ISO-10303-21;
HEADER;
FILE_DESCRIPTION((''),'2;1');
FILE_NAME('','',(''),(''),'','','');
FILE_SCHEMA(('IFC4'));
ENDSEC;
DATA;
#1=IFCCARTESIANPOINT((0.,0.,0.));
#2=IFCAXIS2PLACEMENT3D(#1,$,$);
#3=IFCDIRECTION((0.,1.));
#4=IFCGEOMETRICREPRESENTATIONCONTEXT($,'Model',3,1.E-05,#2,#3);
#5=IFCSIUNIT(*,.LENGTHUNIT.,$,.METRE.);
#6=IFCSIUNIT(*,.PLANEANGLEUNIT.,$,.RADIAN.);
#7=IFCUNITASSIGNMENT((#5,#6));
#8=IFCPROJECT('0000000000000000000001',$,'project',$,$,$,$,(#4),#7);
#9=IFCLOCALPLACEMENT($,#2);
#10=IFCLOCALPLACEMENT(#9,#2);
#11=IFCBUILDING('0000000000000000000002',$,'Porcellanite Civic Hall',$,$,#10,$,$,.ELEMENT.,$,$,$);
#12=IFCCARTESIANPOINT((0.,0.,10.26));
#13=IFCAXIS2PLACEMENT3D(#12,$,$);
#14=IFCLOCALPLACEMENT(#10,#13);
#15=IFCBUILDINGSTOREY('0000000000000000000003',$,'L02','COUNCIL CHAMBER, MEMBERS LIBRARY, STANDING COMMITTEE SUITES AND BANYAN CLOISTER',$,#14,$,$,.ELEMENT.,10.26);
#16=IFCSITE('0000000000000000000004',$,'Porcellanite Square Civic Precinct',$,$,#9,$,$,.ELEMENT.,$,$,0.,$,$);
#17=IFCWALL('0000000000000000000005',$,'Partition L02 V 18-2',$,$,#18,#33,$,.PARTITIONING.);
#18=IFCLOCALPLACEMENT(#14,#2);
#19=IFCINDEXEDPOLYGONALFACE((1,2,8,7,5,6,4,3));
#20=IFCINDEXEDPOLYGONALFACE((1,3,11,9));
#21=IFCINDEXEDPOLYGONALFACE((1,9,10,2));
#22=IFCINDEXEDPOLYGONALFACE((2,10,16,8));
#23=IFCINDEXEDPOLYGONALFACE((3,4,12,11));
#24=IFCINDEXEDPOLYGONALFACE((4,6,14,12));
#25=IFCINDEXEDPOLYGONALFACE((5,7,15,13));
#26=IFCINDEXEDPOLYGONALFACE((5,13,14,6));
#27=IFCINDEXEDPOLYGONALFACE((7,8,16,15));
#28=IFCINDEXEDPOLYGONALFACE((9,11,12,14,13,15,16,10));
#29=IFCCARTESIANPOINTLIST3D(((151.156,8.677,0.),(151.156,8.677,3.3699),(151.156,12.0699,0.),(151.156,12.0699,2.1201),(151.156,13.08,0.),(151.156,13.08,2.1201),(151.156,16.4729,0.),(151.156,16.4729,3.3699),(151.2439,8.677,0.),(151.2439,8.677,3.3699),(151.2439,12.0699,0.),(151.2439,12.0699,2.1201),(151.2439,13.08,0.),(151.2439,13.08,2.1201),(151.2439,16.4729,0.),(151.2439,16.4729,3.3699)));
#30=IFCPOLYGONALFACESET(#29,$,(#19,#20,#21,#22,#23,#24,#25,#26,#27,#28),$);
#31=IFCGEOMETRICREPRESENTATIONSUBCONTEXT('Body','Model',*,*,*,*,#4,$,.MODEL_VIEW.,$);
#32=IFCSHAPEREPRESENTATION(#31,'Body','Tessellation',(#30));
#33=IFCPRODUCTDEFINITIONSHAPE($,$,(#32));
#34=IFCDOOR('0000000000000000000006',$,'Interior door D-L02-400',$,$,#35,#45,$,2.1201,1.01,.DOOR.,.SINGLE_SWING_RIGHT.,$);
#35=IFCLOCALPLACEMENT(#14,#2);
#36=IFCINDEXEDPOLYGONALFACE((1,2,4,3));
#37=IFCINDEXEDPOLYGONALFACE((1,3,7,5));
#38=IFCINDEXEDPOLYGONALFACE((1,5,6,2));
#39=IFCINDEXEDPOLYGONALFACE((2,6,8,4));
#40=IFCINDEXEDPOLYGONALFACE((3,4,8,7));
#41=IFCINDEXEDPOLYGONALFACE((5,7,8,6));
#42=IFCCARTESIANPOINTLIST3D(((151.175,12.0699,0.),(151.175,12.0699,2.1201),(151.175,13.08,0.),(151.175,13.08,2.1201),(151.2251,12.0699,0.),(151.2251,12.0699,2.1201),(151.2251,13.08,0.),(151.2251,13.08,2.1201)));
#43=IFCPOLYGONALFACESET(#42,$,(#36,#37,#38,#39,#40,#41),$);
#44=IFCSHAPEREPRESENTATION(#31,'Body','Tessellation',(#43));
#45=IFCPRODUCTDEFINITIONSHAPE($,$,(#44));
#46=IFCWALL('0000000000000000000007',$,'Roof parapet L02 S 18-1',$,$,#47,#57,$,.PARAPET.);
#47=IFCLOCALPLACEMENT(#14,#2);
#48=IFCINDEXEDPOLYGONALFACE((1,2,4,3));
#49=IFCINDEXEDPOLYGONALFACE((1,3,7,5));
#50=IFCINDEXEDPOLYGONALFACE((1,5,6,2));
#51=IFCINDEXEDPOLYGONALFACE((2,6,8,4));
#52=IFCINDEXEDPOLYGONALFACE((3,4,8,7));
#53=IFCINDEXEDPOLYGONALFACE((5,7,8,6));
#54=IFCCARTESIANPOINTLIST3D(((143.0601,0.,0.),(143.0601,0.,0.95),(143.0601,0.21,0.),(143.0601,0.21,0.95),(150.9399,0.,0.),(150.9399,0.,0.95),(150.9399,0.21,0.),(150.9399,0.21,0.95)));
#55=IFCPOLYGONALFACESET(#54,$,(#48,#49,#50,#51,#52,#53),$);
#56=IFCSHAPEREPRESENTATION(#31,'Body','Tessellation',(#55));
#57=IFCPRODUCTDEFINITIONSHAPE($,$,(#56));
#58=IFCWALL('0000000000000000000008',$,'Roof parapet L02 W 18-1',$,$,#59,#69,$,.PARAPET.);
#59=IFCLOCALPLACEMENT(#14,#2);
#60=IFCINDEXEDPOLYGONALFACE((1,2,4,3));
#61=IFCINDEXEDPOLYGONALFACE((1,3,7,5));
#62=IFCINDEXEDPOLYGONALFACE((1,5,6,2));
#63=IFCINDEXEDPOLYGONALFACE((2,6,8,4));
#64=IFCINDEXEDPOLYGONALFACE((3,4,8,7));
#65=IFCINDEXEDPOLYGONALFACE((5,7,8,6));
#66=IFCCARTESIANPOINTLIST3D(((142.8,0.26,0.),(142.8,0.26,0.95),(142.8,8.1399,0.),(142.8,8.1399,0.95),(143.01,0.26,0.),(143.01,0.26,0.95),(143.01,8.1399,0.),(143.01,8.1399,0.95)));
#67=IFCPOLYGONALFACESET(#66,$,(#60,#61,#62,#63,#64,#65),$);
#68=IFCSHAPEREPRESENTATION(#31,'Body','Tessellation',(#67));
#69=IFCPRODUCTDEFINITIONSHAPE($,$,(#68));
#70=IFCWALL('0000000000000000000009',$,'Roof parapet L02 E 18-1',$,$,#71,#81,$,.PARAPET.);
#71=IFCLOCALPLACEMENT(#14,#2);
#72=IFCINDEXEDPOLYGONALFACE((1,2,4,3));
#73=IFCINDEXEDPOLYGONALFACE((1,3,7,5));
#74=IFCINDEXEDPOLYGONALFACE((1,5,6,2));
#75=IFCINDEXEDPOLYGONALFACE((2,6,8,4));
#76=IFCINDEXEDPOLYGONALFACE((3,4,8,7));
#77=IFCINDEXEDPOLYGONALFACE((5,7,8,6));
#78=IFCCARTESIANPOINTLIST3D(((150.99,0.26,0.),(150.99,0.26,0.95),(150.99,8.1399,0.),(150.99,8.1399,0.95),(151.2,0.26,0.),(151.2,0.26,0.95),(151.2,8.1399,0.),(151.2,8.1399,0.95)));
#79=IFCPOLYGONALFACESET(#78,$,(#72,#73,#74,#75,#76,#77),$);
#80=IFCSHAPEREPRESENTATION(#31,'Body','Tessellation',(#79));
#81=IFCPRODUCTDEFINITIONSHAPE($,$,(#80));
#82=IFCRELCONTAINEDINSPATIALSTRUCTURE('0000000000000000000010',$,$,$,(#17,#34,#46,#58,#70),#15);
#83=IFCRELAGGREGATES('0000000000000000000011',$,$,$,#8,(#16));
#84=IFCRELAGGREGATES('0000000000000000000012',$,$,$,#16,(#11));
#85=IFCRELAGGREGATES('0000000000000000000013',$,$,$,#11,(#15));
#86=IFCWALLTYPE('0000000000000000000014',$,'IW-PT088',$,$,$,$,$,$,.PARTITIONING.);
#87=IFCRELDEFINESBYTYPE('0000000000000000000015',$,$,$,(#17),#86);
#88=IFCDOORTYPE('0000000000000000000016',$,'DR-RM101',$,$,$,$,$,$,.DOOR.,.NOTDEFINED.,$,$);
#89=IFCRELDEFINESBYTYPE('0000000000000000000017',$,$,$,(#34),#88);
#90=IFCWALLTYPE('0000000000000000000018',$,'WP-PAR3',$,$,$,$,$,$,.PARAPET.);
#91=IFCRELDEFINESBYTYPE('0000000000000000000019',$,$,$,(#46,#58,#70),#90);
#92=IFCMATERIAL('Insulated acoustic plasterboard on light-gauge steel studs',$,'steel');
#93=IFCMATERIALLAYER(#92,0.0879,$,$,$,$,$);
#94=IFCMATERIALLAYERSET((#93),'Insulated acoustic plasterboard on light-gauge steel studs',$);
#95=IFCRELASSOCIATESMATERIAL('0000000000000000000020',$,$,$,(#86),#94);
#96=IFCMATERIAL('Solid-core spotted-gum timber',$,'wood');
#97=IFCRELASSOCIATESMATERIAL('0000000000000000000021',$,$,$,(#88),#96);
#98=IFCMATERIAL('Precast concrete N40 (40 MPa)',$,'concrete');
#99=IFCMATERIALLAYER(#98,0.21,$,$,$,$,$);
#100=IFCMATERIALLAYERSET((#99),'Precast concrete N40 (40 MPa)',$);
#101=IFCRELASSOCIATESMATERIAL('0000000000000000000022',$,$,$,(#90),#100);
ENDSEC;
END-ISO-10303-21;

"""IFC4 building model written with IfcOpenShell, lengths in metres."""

from ifc_helpers import new_model, si_unit, direction, frame, frame_2d, origin, place, context, subcontext, project, spatial, rectangle, extrude, material, layer, layer_set, type_object, element, fill, save


model = new_model("IFC4")

# Units and contexts
model_context = context("Model", 3, precision=1e-05, world=origin(), true_north=direction((0.0, 1.0)))
body_context = subcontext(model_context, "Body", "Model", "MODEL_VIEW")
ifc_project = project(units=[si_unit("LENGTHUNIT", "METRE"), si_unit("PLANEANGLEUNIT", "RADIAN")], contexts=[model_context])

# Site, building, storey
site_placement = place(None, origin())
site = spatial("IfcSite", under=ifc_project, at=site_placement, Name="Porcellanite Square Civic Precinct", CompositionType="ELEMENT", RefElevation=0.0)
building_placement = place(site_placement, origin())
building = spatial("IfcBuilding", under=site, at=building_placement, Name="Porcellanite Civic Hall", CompositionType="ELEMENT")
storey_placement = place(building_placement, frame((0.0, 0.0, 10.26)))
storey = spatial("IfcBuildingStorey", under=building, at=storey_placement, Name="L02", Description="COUNCIL CHAMBER, MEMBERS LIBRARY, STANDING COMMITTEE SUITES AND BANYAN CLOISTER", CompositionType="ELEMENT", Elevation=10.26)

# Wall, opening, door
ifc_material_1 = material(Name="Insulated acoustic plasterboard on light-gauge steel studs", Category="steel")
ifc_layer_1 = layer(ifc_material_1, 0.0879)
ifc_layer_set_1 = layer_set([ifc_layer_1], Name="Insulated acoustic plasterboard on light-gauge steel studs")
wall_type_1 = type_object("IfcWallType", Name="IW-PT088", PredefinedType="PARTITIONING", material=ifc_layer_set_1)
wall_1_placement = place(storey_placement, frame((151.2, 8.677, 0.0), z_axis=(0.0, 0.0, 1.0), x_axis=(0.0, 1.0, 0.0)))
wall_1 = element("IfcWall", 1, at=wall_1_placement, inside=storey, type_object=wall_type_1, Name="Partition L02 V 18-2", PredefinedType="PARTITIONING", context=body_context, shape_type="SweptSolid", body=[
    extrude(rectangle(XDim=7.7959, YDim=0.0879, at=frame_2d((3.8979, 0.0))), origin(), (0.0, 0.0, 1.0), 3.3699),
])
opening_1_placement = place(wall_1_placement, frame((3.3931, 0.0, 0.0)))
opening_1 = element("IfcOpeningElement", 2, at=opening_1_placement, cuts=wall_1, PredefinedType="OPENING", context=body_context, shape_type="SweptSolid", body=[
    extrude(rectangle(XDim=1.01, YDim=2.1201, at=frame_2d((0.5049, 1.0601))), frame((0.0, 0.0439, 0.0), z_axis=(0.0, -1.0, 0.0), x_axis=(1.0, 0.0, 0.0)), (0.0, 0.0, 1.0), 0.0879),
])
ifc_material_2 = material(Name="Solid-core spotted-gum timber", Category="wood")
door_type_1 = type_object("IfcDoorType", Name="DR-RM101", OperationType="NOTDEFINED", PredefinedType="DOOR", material=ifc_material_2)
door_1_placement = place(opening_1_placement, origin())
door_1 = element("IfcDoor", 3, at=door_1_placement, inside=storey, type_object=door_type_1, Name="Interior door D-L02-400", OperationType="SINGLE_SWING_RIGHT", OverallHeight=2.1201, OverallWidth=1.01, PredefinedType="DOOR", context=body_context, shape_type="SweptSolid", body=[
    extrude(rectangle(XDim=1.01, YDim=2.1201, at=frame_2d((0.5049, 1.0601))), frame((0.0, 0.0249, 0.0), z_axis=(0.0, -1.0, 0.0), x_axis=(1.0, 0.0, 0.0)), (0.0, 0.0, 1.0), 0.05),
])
fill(opening_1, door_1)

# Walls
ifc_material_3 = material(Name="Precast concrete N40 (40 MPa)", Category="concrete")
ifc_layer_2 = layer(ifc_material_3, 0.21)
ifc_layer_set_2 = layer_set([ifc_layer_2], Name="Precast concrete N40 (40 MPa)")
wall_type_2 = type_object("IfcWallType", Name="WP-PAR3", PredefinedType="PARAPET", material=ifc_layer_set_2)
for number, where, z_axis, x_axis, name in (
    (4, (150.9399, 0.105, 0.0), (0.0, 0.0, 1.0), (-1.0, 0.0, 0.0), "Roof parapet L02 S 18-1"),
    (5, (142.905, 0.26, 0.0), (0.0, 0.0, 1.0), (0.0, 1.0, 0.0), "Roof parapet L02 W 18-1"),
    (6, (151.095, 8.1399, 0.0), (0.0, 0.0, 1.0), (0.0, -1.0, 0.0), "Roof parapet L02 E 18-1"),
):
    element("IfcWall", number, at=place(storey_placement, frame(where, z_axis=z_axis, x_axis=x_axis)), inside=storey, type_object=wall_type_2, Name=name, PredefinedType="PARAPET", context=body_context, shape_type="SweptSolid", body=[
        extrude(rectangle(XDim=7.8799, YDim=0.21, at=frame_2d((3.9399, 0.0))), origin(), (0.0, 0.0, 1.0), 0.95),
    ])

save(model, "model.ifc")
